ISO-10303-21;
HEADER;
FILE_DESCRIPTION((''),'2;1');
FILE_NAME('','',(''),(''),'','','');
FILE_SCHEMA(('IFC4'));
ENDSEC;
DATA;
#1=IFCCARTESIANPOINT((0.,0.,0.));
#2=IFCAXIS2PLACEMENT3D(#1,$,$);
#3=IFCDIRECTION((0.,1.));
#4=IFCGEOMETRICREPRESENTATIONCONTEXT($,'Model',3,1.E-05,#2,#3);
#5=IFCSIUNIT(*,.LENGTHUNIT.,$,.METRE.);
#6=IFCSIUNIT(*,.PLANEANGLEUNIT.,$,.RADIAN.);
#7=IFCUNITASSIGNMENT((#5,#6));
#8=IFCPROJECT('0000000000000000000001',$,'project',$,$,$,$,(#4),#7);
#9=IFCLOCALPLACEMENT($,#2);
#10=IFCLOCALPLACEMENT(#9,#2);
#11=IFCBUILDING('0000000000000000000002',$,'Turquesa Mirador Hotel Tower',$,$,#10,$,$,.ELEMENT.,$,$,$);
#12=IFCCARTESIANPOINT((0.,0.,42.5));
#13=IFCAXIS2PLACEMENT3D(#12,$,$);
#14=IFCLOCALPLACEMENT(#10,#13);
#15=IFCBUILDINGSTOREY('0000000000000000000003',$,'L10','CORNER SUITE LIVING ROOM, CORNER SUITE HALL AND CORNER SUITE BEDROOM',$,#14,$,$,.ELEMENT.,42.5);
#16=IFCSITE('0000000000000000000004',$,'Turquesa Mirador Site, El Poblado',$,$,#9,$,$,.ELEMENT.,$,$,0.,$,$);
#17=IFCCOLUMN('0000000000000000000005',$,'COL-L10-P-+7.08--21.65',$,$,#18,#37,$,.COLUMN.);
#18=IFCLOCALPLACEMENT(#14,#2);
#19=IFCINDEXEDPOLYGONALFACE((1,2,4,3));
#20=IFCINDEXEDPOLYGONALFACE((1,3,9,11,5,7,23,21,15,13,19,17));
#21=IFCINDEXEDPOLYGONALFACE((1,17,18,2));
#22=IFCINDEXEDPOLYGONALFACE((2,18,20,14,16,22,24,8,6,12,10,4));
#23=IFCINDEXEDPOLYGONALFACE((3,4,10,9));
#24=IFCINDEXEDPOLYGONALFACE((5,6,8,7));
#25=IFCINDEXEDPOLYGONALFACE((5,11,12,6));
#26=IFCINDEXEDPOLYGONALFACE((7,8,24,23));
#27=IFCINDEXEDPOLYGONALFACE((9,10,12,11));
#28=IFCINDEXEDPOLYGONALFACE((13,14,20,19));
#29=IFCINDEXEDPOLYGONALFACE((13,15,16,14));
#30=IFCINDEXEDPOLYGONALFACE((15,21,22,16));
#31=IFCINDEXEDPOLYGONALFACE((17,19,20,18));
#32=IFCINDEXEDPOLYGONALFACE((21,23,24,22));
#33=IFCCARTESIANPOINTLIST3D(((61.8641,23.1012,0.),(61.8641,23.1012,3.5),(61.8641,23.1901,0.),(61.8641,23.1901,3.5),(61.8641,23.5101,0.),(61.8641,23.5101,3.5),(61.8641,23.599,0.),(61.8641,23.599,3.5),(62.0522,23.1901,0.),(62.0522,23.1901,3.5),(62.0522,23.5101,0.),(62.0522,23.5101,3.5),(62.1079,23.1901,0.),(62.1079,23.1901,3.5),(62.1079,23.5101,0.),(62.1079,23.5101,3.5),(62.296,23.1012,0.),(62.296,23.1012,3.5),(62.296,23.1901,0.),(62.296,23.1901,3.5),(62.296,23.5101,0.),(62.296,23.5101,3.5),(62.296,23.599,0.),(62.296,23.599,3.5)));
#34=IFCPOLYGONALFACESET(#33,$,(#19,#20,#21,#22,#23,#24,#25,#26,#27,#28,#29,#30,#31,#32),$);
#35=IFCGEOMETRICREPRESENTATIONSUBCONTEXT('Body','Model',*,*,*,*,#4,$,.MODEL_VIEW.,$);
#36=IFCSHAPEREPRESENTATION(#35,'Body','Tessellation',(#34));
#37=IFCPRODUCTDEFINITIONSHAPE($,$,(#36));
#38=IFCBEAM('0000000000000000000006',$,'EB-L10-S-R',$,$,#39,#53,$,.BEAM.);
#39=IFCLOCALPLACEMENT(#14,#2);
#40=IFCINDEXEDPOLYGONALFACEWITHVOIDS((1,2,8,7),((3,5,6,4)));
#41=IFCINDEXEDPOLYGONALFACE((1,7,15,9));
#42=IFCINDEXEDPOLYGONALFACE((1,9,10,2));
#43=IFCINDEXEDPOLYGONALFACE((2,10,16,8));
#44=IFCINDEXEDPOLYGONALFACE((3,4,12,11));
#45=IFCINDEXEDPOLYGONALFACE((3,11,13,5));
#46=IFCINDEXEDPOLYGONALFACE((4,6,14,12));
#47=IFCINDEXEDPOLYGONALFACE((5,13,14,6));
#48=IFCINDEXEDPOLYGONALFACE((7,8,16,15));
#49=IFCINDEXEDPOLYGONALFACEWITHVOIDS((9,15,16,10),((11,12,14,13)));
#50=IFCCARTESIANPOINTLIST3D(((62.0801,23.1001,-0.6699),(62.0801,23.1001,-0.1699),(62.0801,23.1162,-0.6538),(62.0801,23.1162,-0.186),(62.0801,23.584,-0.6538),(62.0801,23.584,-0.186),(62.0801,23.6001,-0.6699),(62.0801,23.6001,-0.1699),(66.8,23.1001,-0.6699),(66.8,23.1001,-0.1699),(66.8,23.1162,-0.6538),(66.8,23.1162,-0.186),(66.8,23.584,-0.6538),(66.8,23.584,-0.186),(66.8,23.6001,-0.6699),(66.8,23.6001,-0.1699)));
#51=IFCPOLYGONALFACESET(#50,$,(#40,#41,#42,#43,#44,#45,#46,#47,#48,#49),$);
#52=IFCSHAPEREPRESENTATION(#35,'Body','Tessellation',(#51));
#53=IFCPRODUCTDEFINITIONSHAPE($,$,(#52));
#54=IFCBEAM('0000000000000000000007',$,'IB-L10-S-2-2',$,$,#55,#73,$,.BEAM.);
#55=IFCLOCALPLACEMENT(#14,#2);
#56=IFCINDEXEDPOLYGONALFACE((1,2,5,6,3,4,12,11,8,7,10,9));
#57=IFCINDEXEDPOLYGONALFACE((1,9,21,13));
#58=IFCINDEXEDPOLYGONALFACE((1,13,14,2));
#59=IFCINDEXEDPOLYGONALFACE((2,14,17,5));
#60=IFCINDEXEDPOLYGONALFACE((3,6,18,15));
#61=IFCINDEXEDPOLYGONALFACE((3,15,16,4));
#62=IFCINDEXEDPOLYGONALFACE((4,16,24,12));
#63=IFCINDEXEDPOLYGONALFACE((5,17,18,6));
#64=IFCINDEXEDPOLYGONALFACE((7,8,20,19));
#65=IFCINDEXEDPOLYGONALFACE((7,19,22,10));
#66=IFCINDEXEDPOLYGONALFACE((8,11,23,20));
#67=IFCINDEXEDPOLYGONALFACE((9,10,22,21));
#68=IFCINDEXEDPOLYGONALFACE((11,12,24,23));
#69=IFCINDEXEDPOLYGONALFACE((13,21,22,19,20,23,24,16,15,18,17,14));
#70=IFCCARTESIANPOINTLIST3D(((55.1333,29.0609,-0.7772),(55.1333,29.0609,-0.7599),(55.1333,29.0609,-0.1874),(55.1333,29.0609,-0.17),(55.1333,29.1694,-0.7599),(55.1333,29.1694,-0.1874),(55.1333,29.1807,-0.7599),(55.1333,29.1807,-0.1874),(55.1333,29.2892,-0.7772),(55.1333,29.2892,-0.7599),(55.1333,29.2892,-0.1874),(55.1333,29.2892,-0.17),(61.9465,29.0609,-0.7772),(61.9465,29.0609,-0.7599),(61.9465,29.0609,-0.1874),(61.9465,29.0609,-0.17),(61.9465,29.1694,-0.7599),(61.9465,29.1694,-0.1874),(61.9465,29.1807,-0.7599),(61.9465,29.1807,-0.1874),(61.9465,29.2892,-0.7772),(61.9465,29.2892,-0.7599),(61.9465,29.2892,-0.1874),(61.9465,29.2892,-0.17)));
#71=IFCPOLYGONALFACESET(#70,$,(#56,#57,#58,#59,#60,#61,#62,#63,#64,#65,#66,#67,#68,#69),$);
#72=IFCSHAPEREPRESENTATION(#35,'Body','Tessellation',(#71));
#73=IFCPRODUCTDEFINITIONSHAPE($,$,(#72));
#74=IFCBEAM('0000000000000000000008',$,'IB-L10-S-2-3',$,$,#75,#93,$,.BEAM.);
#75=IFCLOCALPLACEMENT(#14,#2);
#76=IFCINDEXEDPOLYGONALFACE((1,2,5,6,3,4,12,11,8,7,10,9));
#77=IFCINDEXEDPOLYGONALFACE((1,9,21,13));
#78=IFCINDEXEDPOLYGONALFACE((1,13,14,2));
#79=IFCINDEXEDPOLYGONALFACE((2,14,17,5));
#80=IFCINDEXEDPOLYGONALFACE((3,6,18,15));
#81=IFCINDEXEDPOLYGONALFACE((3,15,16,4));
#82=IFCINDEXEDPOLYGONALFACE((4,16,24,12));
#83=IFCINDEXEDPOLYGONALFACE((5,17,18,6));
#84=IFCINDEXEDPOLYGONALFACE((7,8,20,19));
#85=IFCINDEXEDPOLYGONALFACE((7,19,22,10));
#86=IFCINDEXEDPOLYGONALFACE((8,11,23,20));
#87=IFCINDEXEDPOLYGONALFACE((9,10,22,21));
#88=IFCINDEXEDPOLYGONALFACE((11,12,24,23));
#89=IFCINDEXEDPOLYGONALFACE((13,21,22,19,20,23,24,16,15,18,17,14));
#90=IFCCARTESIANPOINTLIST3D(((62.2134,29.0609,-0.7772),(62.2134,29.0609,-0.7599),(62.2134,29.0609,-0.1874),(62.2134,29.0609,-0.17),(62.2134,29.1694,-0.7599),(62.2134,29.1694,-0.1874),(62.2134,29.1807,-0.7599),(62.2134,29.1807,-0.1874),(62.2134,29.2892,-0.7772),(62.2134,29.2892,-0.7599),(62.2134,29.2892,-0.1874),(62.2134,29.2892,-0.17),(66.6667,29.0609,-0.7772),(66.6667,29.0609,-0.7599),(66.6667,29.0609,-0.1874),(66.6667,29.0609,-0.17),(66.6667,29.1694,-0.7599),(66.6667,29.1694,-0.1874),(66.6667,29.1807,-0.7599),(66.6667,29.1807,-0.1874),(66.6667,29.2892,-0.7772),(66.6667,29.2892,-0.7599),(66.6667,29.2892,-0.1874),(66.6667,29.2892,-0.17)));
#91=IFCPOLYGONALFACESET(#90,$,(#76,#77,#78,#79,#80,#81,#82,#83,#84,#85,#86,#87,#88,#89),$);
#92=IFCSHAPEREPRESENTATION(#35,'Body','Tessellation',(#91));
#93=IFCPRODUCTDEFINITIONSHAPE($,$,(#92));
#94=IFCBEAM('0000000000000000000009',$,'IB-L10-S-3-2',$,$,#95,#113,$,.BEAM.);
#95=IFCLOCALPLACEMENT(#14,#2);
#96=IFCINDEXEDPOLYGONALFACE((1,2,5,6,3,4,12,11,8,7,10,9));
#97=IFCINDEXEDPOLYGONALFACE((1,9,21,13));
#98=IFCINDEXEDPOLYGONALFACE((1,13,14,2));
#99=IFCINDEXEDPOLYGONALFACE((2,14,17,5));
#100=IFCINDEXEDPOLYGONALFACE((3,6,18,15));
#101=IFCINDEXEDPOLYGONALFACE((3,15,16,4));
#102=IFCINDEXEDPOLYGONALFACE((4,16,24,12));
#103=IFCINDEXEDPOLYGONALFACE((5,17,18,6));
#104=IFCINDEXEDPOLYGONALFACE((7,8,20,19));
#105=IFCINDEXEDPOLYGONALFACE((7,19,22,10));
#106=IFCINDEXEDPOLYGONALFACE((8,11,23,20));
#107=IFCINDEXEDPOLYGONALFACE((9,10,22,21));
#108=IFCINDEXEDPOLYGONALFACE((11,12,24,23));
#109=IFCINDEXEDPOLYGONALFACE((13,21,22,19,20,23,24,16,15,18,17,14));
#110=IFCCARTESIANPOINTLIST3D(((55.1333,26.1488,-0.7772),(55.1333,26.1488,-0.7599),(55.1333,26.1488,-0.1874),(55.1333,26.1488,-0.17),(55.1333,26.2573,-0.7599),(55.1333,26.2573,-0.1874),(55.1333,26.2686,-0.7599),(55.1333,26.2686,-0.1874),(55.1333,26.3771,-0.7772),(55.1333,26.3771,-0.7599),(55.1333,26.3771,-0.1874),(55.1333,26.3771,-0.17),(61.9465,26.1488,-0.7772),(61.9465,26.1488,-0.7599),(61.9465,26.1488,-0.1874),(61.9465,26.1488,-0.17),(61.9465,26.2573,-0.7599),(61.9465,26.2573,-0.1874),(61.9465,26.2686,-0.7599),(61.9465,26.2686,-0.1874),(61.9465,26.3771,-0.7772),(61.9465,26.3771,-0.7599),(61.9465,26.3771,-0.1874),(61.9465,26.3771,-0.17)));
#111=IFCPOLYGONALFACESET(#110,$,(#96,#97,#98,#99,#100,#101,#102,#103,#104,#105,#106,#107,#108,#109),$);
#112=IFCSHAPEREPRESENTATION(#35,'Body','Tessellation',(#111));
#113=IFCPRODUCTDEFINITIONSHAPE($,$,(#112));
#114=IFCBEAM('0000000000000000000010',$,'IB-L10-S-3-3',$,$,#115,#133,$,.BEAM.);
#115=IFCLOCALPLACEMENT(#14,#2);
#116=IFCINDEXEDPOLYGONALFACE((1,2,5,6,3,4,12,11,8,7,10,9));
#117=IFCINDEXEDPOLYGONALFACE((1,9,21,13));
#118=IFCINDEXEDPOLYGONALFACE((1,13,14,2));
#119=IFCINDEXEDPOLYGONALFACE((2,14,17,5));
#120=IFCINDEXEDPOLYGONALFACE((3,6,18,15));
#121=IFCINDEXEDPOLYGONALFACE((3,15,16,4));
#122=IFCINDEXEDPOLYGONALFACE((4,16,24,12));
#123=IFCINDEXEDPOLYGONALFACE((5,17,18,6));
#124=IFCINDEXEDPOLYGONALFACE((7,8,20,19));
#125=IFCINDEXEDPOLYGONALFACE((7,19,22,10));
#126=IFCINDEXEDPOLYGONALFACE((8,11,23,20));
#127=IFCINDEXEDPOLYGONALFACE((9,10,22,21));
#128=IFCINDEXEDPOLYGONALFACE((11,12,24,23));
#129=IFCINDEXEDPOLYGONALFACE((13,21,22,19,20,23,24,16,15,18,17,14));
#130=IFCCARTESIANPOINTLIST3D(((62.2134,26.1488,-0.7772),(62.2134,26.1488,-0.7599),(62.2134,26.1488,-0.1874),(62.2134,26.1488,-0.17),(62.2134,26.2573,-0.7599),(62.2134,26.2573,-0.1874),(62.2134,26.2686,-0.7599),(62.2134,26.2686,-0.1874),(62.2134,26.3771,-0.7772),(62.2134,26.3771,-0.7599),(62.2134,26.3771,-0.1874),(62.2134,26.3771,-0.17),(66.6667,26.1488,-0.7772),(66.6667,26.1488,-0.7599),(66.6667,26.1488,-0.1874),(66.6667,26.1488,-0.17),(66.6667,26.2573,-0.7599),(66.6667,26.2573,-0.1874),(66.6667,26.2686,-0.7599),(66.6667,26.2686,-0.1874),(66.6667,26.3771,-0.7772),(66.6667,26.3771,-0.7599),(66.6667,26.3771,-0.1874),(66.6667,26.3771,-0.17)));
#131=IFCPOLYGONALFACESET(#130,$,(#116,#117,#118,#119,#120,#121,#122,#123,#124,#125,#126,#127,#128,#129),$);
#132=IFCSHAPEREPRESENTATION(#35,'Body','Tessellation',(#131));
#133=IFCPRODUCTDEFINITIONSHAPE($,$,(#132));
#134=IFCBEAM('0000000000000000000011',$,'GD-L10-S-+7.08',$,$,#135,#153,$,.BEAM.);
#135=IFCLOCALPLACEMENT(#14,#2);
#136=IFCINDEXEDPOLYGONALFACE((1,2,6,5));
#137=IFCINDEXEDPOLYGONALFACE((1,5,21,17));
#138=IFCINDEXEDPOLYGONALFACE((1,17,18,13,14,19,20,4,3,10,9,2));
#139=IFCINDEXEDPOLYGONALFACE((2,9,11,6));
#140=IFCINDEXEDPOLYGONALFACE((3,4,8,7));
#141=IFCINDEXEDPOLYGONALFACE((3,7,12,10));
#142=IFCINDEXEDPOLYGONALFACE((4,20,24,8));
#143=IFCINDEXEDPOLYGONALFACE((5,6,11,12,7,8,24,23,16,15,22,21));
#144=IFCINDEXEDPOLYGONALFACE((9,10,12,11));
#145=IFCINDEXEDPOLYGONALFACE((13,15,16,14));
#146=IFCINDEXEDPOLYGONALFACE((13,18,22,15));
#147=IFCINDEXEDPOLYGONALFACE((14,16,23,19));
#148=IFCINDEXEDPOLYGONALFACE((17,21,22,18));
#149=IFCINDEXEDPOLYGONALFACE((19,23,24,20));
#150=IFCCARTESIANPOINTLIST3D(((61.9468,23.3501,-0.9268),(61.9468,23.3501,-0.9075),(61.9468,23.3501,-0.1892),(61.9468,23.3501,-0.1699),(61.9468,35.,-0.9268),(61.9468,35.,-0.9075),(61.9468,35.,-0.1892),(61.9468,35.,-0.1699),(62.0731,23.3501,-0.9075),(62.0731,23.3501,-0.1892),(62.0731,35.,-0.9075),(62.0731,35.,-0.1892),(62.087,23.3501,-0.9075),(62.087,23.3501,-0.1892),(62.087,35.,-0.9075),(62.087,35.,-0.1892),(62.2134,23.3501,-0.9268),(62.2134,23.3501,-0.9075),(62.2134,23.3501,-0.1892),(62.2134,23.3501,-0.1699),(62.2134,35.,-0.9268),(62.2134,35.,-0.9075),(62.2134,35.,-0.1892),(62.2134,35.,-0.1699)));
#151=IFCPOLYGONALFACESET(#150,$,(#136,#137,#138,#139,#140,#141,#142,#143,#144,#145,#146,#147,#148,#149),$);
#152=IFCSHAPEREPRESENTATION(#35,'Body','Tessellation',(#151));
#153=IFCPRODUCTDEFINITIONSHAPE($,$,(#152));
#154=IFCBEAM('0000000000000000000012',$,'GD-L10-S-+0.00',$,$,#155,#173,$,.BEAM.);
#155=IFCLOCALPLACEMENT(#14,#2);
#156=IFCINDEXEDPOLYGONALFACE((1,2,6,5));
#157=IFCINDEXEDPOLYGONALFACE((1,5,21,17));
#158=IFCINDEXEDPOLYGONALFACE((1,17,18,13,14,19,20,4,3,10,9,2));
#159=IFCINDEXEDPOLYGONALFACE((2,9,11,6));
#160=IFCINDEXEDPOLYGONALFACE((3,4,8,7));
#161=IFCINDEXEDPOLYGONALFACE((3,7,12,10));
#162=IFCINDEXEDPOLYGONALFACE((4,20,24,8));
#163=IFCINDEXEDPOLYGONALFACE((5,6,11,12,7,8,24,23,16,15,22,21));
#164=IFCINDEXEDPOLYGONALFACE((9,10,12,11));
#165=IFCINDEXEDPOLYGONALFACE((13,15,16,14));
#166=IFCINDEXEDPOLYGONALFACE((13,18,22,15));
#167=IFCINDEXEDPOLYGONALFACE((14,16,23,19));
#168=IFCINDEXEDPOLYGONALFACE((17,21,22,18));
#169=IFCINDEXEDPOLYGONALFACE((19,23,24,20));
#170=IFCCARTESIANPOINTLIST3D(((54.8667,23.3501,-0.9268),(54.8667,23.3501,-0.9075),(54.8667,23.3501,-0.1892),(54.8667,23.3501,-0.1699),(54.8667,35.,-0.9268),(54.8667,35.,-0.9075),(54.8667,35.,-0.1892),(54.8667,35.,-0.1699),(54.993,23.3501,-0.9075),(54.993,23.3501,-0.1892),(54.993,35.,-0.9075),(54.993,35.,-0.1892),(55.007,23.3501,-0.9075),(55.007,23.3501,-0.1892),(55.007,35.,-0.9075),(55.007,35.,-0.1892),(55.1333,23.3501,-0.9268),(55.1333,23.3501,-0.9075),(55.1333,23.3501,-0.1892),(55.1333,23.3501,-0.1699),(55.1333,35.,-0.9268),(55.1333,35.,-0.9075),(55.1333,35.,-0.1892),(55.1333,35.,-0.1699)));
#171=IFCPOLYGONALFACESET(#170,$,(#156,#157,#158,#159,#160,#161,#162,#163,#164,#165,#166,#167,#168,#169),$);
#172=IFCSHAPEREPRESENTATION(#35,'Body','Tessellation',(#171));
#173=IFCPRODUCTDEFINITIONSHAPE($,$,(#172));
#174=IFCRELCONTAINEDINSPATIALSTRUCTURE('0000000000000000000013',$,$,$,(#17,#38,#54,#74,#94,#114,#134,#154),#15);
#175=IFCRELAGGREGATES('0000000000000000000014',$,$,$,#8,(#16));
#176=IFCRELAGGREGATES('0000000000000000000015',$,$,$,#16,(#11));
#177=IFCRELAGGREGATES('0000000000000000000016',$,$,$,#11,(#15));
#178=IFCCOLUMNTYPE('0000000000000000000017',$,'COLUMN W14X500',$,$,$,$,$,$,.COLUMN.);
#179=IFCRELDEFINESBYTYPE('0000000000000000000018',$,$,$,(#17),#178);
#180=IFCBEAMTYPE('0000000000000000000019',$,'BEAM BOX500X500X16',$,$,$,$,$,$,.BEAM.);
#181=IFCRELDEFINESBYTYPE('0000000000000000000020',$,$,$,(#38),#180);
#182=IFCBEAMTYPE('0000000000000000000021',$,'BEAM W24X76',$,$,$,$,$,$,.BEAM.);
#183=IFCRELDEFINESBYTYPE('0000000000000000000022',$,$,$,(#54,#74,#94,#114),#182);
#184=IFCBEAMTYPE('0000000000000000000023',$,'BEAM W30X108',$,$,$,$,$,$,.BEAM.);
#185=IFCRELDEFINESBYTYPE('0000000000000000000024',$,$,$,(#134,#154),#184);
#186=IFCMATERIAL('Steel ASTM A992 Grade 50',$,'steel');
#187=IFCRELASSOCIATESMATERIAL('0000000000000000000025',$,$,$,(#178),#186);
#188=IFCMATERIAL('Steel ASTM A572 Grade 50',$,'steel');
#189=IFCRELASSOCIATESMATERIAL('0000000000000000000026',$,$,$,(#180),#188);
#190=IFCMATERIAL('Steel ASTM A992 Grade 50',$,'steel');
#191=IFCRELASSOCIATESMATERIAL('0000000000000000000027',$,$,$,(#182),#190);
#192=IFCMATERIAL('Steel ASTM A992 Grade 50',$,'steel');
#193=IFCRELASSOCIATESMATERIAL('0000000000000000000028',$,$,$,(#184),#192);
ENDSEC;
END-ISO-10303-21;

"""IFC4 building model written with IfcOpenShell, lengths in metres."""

from ifc_helpers import new_model, si_unit, direction, frame, origin, origin_2d, place, context, subcontext, project, spatial, hollow_rectangle, i_section, extrude, material, material_profile, profile_set, type_object, element, save


model = new_model("IFC4")

# Units and contexts
model_context = context("Model", 3, precision=1e-05, world=origin(), true_north=direction((0.0, 1.0)))
body_context = subcontext(model_context, "Body", "Model", "MODEL_VIEW")
ifc_project = project(units=[si_unit("LENGTHUNIT", "METRE"), si_unit("PLANEANGLEUNIT", "RADIAN")], contexts=[model_context])

# Site, building, storey
site_placement = place(None, origin())
site = spatial("IfcSite", under=ifc_project, at=site_placement, Name="Turquesa Mirador Site, El Poblado", CompositionType="ELEMENT", RefElevation=0.0)
building_placement = place(site_placement, origin())
building = spatial("IfcBuilding", under=site, at=building_placement, Name="Turquesa Mirador Hotel Tower", CompositionType="ELEMENT")
storey_placement = place(building_placement, frame((0.0, 0.0, 42.5)))
storey = spatial("IfcBuildingStorey", under=building, at=storey_placement, Name="L10", Description="CORNER SUITE LIVING ROOM, CORNER SUITE HALL AND CORNER SUITE BEDROOM", CompositionType="ELEMENT", Elevation=42.5)

# Column
ifc_material_1 = material(Name="Steel ASTM A992 Grade 50", Category="steel")
ifc_material_profile_1 = material_profile(ifc_material_1, i_section(OverallWidth=0.4319, OverallDepth=0.4978, WebThickness=0.0557, FlangeThickness=0.0889, at=origin_2d()), Name="W14X500")
ifc_profile_set_1 = profile_set([ifc_material_profile_1], Name="Steel ASTM A992 Grade 50")
column_type = type_object("IfcColumnType", Name="COLUMN W14X500", PredefinedType="COLUMN", material=ifc_profile_set_1)
column_placement = place(storey_placement, frame((62.0801, 23.3501, 0.0), z_axis=(0.0, 0.0, 1.0), x_axis=(1.0, 0.0, 0.0)))
element("IfcColumn", 1, at=column_placement, inside=storey, type_object=column_type, Name="COL-L10-P-+7.08--21.65", PredefinedType="COLUMN", context=body_context, shape_type="SweptSolid", body=[
    extrude(i_section(OverallWidth=0.4319, OverallDepth=0.4978, WebThickness=0.0557, FlangeThickness=0.0889, at=origin_2d()), origin(), (0.0, 0.0, 1.0), 3.5),
])

# Beams
ifc_material_2 = material(Name="Steel ASTM A572 Grade 50", Category="steel")
ifc_material_profile_2 = material_profile(ifc_material_2, hollow_rectangle(XDim=0.5, YDim=0.5, WallThickness=0.0161, at=origin_2d()), Name="BOX500X500X16")
ifc_profile_set_2 = profile_set([ifc_material_profile_2], Name="Steel ASTM A572 Grade 50")
beam_type_1 = type_object("IfcBeamType", Name="BEAM BOX500X500X16", PredefinedType="BEAM", material=ifc_profile_set_2)
beam_1_placement = place(storey_placement, frame((62.0801, 23.3501, -0.4199), z_axis=(1.0, 0.0, 0.0), x_axis=(0.0, 1.0, 0.0)))
element("IfcBeam", 2, at=beam_1_placement, inside=storey, type_object=beam_type_1, Name="EB-L10-S-R", PredefinedType="BEAM", context=body_context, shape_type="SweptSolid", body=[
    extrude(hollow_rectangle(XDim=0.5, YDim=0.5, WallThickness=0.0161, at=origin_2d()), origin(), (0.0, 0.0, 1.0), 4.72),
])
ifc_material_3 = material(Name="Steel ASTM A992 Grade 50", Category="steel")
ifc_material_profile_3 = material_profile(ifc_material_3, i_section(OverallWidth=0.2283, OverallDepth=0.6072, WebThickness=0.0112, FlangeThickness=0.0173, at=origin_2d()), Name="W24X76")
ifc_profile_set_3 = profile_set([ifc_material_profile_3], Name="Steel ASTM A992 Grade 50")
beam_type_2 = type_object("IfcBeamType", Name="BEAM W24X76", PredefinedType="BEAM", material=ifc_profile_set_3)
beam_2_placement = place(storey_placement, frame((55.1333, 29.175, -0.4736), z_axis=(1.0, 0.0, 0.0), x_axis=(0.0, 1.0, 0.0)))
element("IfcBeam", 3, at=beam_2_placement, inside=storey, type_object=beam_type_2, Name="IB-L10-S-2-2", PredefinedType="BEAM", context=body_context, shape_type="SweptSolid", body=[
    extrude(i_section(OverallWidth=0.2283, OverallDepth=0.6072, WebThickness=0.0112, FlangeThickness=0.0173, at=origin_2d()), origin(), (0.0, 0.0, 1.0), 6.8132),
])
beam_3_placement = place(storey_placement, frame((62.2134, 29.175, -0.4736), z_axis=(1.0, 0.0, 0.0), x_axis=(0.0, 1.0, 0.0)))
element("IfcBeam", 4, at=beam_3_placement, inside=storey, type_object=beam_type_2, Name="IB-L10-S-2-3", PredefinedType="BEAM", context=body_context, shape_type="SweptSolid", body=[
    extrude(i_section(OverallWidth=0.2283, OverallDepth=0.6072, WebThickness=0.0112, FlangeThickness=0.0173, at=origin_2d()), origin(), (0.0, 0.0, 1.0), 4.4534),
])
beam_4_placement = place(storey_placement, frame((55.1333, 26.2629, -0.4736), z_axis=(1.0, 0.0, 0.0), x_axis=(0.0, 1.0, 0.0)))
element("IfcBeam", 5, at=beam_4_placement, inside=storey, type_object=beam_type_2, Name="IB-L10-S-3-2", PredefinedType="BEAM", context=body_context, shape_type="SweptSolid", body=[
    extrude(i_section(OverallWidth=0.2283, OverallDepth=0.6072, WebThickness=0.0112, FlangeThickness=0.0173, at=origin_2d()), origin(), (0.0, 0.0, 1.0), 6.8132),
])
beam_5_placement = place(storey_placement, frame((62.2134, 26.2629, -0.4736), z_axis=(1.0, 0.0, 0.0), x_axis=(0.0, 1.0, 0.0)))
element("IfcBeam", 6, at=beam_5_placement, inside=storey, type_object=beam_type_2, Name="IB-L10-S-3-3", PredefinedType="BEAM", context=body_context, shape_type="SweptSolid", body=[
    extrude(i_section(OverallWidth=0.2283, OverallDepth=0.6072, WebThickness=0.0112, FlangeThickness=0.0173, at=origin_2d()), origin(), (0.0, 0.0, 1.0), 4.4534),
])
ifc_material_4 = material(Name="Steel ASTM A992 Grade 50", Category="steel")
ifc_material_profile_4 = material_profile(ifc_material_4, i_section(OverallWidth=0.2666, OverallDepth=0.7568, WebThickness=0.0139, FlangeThickness=0.0193, at=origin_2d()), Name="W30X108")
ifc_profile_set_4 = profile_set([ifc_material_profile_4], Name="Steel ASTM A992 Grade 50")
beam_type_3 = type_object("IfcBeamType", Name="BEAM W30X108", PredefinedType="BEAM", material=ifc_profile_set_4)
for number, where, z_axis, x_axis, name in (
    (7, (62.0801, 23.3501, -0.5483), (0.0, 1.0, 0.0), (-1.0, 0.0, 0.0), "GD-L10-S-+7.08"),
    (8, (55.0, 23.3501, -0.5483), (0.0, 1.0, 0.0), (-1.0, 0.0, 0.0), "GD-L10-S-+0.00"),
):
    element("IfcBeam", number, at=place(storey_placement, frame(where, z_axis=z_axis, x_axis=x_axis)), inside=storey, type_object=beam_type_3, Name=name, PredefinedType="BEAM", context=body_context, shape_type="SweptSolid", body=[
        extrude(i_section(OverallWidth=0.2666, OverallDepth=0.7568, WebThickness=0.0139, FlangeThickness=0.0193, at=origin_2d()), origin(), (0.0, 0.0, 1.0), 11.6499),
    ])

save(model, "model.ifc")
